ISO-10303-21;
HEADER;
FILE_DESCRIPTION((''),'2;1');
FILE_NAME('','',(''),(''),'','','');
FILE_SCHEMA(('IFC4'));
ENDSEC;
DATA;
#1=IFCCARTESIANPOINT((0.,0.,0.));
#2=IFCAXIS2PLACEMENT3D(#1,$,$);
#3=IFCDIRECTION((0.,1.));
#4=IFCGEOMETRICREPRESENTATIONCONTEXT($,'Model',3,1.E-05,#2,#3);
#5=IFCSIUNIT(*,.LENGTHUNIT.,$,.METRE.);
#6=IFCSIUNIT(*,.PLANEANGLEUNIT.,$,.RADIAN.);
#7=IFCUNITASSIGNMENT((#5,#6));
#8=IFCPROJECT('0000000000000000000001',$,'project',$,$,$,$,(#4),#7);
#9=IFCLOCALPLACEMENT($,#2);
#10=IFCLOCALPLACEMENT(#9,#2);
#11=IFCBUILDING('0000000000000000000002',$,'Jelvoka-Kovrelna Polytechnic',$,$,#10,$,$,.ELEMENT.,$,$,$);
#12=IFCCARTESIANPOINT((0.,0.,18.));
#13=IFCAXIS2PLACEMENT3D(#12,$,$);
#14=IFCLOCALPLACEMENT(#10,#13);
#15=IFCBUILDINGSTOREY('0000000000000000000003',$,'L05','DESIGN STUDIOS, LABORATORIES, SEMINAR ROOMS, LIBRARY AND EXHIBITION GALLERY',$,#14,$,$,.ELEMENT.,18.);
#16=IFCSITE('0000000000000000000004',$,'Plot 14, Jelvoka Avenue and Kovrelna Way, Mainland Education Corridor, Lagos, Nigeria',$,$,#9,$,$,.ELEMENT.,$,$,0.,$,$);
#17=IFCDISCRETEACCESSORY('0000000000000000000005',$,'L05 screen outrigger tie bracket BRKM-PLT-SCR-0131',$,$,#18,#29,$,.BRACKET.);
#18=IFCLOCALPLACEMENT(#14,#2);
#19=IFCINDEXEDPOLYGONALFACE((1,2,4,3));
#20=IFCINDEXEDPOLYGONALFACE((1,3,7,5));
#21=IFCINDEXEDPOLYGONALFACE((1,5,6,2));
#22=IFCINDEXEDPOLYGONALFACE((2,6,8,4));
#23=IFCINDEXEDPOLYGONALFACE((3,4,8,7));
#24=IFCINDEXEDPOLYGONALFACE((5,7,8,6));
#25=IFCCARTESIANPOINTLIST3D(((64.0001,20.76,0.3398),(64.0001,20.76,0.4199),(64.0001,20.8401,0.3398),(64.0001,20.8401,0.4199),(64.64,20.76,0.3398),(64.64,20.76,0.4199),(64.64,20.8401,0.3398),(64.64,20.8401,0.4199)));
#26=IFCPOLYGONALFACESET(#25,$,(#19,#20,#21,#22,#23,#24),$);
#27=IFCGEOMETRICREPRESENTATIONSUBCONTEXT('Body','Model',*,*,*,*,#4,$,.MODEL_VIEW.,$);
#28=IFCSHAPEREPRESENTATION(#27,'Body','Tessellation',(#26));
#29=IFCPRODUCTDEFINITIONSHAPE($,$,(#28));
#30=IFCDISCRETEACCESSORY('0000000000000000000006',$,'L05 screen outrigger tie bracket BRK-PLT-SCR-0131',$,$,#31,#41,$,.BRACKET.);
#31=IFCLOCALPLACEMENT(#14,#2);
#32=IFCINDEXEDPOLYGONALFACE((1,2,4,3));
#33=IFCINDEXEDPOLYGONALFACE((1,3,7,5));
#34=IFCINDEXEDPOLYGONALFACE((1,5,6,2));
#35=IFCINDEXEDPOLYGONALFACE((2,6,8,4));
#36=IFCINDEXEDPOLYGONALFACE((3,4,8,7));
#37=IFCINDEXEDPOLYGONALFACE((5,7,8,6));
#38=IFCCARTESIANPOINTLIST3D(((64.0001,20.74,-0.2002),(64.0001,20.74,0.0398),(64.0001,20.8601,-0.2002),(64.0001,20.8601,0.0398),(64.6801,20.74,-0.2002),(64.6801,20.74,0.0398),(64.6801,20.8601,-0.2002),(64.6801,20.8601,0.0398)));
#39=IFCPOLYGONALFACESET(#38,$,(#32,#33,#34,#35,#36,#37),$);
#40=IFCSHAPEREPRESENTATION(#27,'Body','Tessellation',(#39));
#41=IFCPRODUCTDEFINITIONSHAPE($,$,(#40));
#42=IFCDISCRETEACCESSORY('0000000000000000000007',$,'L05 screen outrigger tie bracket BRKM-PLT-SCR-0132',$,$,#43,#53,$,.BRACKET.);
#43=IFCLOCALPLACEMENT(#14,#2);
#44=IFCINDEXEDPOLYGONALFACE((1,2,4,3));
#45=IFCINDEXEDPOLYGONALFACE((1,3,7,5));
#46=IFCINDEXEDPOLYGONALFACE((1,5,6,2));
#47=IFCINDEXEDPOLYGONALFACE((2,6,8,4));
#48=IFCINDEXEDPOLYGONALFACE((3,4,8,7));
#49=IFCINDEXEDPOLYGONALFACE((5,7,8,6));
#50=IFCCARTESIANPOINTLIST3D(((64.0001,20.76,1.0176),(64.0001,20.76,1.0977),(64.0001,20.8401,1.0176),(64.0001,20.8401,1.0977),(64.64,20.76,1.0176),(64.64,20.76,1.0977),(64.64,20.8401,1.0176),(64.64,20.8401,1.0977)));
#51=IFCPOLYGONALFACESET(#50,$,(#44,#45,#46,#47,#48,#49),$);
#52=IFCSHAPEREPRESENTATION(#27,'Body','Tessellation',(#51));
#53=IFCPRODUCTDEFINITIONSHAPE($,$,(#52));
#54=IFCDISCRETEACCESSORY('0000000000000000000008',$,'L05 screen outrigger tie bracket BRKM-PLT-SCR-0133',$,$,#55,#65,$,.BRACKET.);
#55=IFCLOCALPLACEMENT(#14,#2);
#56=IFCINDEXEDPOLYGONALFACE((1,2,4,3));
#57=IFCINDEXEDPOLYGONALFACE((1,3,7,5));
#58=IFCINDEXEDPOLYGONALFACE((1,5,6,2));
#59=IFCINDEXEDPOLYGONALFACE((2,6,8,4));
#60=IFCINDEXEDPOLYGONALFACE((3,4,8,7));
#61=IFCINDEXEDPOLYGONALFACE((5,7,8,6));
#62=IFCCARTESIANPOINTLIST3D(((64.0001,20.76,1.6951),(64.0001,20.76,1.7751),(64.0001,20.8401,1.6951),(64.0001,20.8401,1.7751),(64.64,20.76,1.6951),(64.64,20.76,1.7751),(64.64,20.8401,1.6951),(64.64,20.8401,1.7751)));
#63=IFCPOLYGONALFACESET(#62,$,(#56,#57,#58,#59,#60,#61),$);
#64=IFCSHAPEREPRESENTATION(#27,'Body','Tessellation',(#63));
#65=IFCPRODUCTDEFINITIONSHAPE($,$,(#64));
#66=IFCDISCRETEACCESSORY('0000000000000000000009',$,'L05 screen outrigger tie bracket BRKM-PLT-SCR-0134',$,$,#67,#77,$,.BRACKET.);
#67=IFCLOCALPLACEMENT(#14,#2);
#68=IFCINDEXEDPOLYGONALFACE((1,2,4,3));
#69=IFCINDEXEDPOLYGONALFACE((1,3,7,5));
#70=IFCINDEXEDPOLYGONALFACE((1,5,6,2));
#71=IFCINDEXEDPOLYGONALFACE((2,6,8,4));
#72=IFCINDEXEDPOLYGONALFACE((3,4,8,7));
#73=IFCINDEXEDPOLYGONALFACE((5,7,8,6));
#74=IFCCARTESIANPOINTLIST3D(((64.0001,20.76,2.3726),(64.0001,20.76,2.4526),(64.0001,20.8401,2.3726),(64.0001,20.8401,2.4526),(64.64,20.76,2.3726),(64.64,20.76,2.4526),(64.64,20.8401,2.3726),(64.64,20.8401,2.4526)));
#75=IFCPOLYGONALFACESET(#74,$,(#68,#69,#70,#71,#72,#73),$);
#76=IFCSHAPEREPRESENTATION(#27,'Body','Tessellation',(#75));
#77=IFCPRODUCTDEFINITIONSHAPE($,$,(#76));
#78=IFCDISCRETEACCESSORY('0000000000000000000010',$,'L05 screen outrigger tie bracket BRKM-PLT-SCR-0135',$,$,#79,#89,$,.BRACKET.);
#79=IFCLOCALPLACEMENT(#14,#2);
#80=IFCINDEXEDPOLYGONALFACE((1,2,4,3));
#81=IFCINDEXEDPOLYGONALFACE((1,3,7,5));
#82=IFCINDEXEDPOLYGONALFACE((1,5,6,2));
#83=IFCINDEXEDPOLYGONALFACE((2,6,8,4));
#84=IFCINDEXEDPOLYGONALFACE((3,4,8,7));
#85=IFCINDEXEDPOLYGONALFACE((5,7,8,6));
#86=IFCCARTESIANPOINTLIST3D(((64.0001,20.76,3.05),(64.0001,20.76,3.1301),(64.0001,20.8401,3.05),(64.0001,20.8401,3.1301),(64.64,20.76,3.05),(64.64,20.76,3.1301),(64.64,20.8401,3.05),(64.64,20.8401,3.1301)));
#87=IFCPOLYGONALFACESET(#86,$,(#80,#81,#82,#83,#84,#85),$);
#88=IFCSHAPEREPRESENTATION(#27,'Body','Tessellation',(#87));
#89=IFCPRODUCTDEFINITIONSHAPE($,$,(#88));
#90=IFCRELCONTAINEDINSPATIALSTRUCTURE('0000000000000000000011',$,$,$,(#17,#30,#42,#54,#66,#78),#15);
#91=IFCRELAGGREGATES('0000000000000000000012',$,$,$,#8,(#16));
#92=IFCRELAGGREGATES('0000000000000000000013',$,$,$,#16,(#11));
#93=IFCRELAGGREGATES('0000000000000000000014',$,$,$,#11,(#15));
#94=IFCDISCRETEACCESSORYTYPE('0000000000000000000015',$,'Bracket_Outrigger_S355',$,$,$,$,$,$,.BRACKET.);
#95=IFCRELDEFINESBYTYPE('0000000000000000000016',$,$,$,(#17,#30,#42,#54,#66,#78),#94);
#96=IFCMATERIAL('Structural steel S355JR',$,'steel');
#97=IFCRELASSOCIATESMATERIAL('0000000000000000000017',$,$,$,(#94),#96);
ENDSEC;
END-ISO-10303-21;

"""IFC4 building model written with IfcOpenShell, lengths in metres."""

from ifc_helpers import new_model, si_unit, direction, frame, origin, origin_2d, place, context, subcontext, project, spatial, rectangle, extrude, material, type_object, element, save


model = new_model("IFC4")

# Units and contexts
model_context = context("Model", 3, precision=1e-05, world=origin(), true_north=direction((0.0, 1.0)))
body_context = subcontext(model_context, "Body", "Model", "MODEL_VIEW")
ifc_project = project(units=[si_unit("LENGTHUNIT", "METRE"), si_unit("PLANEANGLEUNIT", "RADIAN")], contexts=[model_context])

# Site, building, storey
site_placement = place(None, origin())
site = spatial("IfcSite", under=ifc_project, at=site_placement, Name="Plot 14, Jelvoka Avenue and Kovrelna Way, Mainland Education Corridor, Lagos, Nigeria", CompositionType="ELEMENT", RefElevation=0.0)
building_placement = place(site_placement, origin())
building = spatial("IfcBuilding", under=site, at=building_placement, Name="Jelvoka-Kovrelna Polytechnic", CompositionType="ELEMENT")
storey_placement = place(building_placement, frame((0.0, 0.0, 18.0)))
storey = spatial("IfcBuildingStorey", under=building, at=storey_placement, Name="L05", Description="DESIGN STUDIOS, LABORATORIES, SEMINAR ROOMS, LIBRARY AND EXHIBITION GALLERY", CompositionType="ELEMENT", Elevation=18.0)

# Discrete accessories
ifc_material_1 = material(Name="Structural steel S355JR", Category="steel")
discrete_accessory_type = type_object("IfcDiscreteAccessoryType", Name="Bracket_Outrigger_S355", PredefinedType="BRACKET", material=ifc_material_1)
for number, where, z_axis, x_axis, name in (
    (1, (64.3201, 20.8, 0.3398), (0.0, 0.0, 1.0), (1.0, 0.0, 0.0), "L05 screen outrigger tie bracket BRKM-PLT-SCR-0131"),
):
    element("IfcDiscreteAccessory", number, at=place(storey_placement, frame(where, z_axis=z_axis, x_axis=x_axis)), inside=storey, type_object=discrete_accessory_type, Name=name, PredefinedType="BRACKET", context=body_context, shape_type="SweptSolid", body=[
        extrude(rectangle(XDim=0.6399, YDim=0.0801, at=origin_2d()), origin(), (0.0, 0.0, 1.0), 0.0801),
    ])
discrete_accessory_1_placement = place(storey_placement, frame((64.3401, 20.8, -0.2002), z_axis=(0.0, 0.0, 1.0), x_axis=(1.0, 0.0, 0.0)))
element("IfcDiscreteAccessory", 2, at=discrete_accessory_1_placement, inside=storey, type_object=discrete_accessory_type, Name="L05 screen outrigger tie bracket BRK-PLT-SCR-0131", PredefinedType="BRACKET", context=body_context, shape_type="SweptSolid", body=[
    extrude(rectangle(XDim=0.6799, YDim=0.1201, at=origin_2d()), origin(), (0.0, 0.0, 1.0), 0.24),
])
for number, where, z_axis, x_axis, name in (
    (3, (64.3201, 20.8, 1.0176), (0.0, 0.0, 1.0), (1.0, 0.0, 0.0), "L05 screen outrigger tie bracket BRKM-PLT-SCR-0132"),
    (4, (64.3201, 20.8, 1.6951), (0.0, 0.0, 1.0), (1.0, 0.0, 0.0), "L05 screen outrigger tie bracket BRKM-PLT-SCR-0133"),
    (5, (64.3201, 20.8, 2.3726), (0.0, 0.0, 1.0), (1.0, 0.0, 0.0), "L05 screen outrigger tie bracket BRKM-PLT-SCR-0134"),
    (6, (64.3201, 20.8, 3.05), (0.0, 0.0, 1.0), (1.0, 0.0, 0.0), "L05 screen outrigger tie bracket BRKM-PLT-SCR-0135"),
):
    element("IfcDiscreteAccessory", number, at=place(storey_placement, frame(where, z_axis=z_axis, x_axis=x_axis)), inside=storey, type_object=discrete_accessory_type, Name=name, PredefinedType="BRACKET", context=body_context, shape_type="SweptSolid", body=[
        extrude(rectangle(XDim=0.6399, YDim=0.0801, at=origin_2d()), origin(), (0.0, 0.0, 1.0), 0.0801),
    ])

save(model, "model.ifc")
